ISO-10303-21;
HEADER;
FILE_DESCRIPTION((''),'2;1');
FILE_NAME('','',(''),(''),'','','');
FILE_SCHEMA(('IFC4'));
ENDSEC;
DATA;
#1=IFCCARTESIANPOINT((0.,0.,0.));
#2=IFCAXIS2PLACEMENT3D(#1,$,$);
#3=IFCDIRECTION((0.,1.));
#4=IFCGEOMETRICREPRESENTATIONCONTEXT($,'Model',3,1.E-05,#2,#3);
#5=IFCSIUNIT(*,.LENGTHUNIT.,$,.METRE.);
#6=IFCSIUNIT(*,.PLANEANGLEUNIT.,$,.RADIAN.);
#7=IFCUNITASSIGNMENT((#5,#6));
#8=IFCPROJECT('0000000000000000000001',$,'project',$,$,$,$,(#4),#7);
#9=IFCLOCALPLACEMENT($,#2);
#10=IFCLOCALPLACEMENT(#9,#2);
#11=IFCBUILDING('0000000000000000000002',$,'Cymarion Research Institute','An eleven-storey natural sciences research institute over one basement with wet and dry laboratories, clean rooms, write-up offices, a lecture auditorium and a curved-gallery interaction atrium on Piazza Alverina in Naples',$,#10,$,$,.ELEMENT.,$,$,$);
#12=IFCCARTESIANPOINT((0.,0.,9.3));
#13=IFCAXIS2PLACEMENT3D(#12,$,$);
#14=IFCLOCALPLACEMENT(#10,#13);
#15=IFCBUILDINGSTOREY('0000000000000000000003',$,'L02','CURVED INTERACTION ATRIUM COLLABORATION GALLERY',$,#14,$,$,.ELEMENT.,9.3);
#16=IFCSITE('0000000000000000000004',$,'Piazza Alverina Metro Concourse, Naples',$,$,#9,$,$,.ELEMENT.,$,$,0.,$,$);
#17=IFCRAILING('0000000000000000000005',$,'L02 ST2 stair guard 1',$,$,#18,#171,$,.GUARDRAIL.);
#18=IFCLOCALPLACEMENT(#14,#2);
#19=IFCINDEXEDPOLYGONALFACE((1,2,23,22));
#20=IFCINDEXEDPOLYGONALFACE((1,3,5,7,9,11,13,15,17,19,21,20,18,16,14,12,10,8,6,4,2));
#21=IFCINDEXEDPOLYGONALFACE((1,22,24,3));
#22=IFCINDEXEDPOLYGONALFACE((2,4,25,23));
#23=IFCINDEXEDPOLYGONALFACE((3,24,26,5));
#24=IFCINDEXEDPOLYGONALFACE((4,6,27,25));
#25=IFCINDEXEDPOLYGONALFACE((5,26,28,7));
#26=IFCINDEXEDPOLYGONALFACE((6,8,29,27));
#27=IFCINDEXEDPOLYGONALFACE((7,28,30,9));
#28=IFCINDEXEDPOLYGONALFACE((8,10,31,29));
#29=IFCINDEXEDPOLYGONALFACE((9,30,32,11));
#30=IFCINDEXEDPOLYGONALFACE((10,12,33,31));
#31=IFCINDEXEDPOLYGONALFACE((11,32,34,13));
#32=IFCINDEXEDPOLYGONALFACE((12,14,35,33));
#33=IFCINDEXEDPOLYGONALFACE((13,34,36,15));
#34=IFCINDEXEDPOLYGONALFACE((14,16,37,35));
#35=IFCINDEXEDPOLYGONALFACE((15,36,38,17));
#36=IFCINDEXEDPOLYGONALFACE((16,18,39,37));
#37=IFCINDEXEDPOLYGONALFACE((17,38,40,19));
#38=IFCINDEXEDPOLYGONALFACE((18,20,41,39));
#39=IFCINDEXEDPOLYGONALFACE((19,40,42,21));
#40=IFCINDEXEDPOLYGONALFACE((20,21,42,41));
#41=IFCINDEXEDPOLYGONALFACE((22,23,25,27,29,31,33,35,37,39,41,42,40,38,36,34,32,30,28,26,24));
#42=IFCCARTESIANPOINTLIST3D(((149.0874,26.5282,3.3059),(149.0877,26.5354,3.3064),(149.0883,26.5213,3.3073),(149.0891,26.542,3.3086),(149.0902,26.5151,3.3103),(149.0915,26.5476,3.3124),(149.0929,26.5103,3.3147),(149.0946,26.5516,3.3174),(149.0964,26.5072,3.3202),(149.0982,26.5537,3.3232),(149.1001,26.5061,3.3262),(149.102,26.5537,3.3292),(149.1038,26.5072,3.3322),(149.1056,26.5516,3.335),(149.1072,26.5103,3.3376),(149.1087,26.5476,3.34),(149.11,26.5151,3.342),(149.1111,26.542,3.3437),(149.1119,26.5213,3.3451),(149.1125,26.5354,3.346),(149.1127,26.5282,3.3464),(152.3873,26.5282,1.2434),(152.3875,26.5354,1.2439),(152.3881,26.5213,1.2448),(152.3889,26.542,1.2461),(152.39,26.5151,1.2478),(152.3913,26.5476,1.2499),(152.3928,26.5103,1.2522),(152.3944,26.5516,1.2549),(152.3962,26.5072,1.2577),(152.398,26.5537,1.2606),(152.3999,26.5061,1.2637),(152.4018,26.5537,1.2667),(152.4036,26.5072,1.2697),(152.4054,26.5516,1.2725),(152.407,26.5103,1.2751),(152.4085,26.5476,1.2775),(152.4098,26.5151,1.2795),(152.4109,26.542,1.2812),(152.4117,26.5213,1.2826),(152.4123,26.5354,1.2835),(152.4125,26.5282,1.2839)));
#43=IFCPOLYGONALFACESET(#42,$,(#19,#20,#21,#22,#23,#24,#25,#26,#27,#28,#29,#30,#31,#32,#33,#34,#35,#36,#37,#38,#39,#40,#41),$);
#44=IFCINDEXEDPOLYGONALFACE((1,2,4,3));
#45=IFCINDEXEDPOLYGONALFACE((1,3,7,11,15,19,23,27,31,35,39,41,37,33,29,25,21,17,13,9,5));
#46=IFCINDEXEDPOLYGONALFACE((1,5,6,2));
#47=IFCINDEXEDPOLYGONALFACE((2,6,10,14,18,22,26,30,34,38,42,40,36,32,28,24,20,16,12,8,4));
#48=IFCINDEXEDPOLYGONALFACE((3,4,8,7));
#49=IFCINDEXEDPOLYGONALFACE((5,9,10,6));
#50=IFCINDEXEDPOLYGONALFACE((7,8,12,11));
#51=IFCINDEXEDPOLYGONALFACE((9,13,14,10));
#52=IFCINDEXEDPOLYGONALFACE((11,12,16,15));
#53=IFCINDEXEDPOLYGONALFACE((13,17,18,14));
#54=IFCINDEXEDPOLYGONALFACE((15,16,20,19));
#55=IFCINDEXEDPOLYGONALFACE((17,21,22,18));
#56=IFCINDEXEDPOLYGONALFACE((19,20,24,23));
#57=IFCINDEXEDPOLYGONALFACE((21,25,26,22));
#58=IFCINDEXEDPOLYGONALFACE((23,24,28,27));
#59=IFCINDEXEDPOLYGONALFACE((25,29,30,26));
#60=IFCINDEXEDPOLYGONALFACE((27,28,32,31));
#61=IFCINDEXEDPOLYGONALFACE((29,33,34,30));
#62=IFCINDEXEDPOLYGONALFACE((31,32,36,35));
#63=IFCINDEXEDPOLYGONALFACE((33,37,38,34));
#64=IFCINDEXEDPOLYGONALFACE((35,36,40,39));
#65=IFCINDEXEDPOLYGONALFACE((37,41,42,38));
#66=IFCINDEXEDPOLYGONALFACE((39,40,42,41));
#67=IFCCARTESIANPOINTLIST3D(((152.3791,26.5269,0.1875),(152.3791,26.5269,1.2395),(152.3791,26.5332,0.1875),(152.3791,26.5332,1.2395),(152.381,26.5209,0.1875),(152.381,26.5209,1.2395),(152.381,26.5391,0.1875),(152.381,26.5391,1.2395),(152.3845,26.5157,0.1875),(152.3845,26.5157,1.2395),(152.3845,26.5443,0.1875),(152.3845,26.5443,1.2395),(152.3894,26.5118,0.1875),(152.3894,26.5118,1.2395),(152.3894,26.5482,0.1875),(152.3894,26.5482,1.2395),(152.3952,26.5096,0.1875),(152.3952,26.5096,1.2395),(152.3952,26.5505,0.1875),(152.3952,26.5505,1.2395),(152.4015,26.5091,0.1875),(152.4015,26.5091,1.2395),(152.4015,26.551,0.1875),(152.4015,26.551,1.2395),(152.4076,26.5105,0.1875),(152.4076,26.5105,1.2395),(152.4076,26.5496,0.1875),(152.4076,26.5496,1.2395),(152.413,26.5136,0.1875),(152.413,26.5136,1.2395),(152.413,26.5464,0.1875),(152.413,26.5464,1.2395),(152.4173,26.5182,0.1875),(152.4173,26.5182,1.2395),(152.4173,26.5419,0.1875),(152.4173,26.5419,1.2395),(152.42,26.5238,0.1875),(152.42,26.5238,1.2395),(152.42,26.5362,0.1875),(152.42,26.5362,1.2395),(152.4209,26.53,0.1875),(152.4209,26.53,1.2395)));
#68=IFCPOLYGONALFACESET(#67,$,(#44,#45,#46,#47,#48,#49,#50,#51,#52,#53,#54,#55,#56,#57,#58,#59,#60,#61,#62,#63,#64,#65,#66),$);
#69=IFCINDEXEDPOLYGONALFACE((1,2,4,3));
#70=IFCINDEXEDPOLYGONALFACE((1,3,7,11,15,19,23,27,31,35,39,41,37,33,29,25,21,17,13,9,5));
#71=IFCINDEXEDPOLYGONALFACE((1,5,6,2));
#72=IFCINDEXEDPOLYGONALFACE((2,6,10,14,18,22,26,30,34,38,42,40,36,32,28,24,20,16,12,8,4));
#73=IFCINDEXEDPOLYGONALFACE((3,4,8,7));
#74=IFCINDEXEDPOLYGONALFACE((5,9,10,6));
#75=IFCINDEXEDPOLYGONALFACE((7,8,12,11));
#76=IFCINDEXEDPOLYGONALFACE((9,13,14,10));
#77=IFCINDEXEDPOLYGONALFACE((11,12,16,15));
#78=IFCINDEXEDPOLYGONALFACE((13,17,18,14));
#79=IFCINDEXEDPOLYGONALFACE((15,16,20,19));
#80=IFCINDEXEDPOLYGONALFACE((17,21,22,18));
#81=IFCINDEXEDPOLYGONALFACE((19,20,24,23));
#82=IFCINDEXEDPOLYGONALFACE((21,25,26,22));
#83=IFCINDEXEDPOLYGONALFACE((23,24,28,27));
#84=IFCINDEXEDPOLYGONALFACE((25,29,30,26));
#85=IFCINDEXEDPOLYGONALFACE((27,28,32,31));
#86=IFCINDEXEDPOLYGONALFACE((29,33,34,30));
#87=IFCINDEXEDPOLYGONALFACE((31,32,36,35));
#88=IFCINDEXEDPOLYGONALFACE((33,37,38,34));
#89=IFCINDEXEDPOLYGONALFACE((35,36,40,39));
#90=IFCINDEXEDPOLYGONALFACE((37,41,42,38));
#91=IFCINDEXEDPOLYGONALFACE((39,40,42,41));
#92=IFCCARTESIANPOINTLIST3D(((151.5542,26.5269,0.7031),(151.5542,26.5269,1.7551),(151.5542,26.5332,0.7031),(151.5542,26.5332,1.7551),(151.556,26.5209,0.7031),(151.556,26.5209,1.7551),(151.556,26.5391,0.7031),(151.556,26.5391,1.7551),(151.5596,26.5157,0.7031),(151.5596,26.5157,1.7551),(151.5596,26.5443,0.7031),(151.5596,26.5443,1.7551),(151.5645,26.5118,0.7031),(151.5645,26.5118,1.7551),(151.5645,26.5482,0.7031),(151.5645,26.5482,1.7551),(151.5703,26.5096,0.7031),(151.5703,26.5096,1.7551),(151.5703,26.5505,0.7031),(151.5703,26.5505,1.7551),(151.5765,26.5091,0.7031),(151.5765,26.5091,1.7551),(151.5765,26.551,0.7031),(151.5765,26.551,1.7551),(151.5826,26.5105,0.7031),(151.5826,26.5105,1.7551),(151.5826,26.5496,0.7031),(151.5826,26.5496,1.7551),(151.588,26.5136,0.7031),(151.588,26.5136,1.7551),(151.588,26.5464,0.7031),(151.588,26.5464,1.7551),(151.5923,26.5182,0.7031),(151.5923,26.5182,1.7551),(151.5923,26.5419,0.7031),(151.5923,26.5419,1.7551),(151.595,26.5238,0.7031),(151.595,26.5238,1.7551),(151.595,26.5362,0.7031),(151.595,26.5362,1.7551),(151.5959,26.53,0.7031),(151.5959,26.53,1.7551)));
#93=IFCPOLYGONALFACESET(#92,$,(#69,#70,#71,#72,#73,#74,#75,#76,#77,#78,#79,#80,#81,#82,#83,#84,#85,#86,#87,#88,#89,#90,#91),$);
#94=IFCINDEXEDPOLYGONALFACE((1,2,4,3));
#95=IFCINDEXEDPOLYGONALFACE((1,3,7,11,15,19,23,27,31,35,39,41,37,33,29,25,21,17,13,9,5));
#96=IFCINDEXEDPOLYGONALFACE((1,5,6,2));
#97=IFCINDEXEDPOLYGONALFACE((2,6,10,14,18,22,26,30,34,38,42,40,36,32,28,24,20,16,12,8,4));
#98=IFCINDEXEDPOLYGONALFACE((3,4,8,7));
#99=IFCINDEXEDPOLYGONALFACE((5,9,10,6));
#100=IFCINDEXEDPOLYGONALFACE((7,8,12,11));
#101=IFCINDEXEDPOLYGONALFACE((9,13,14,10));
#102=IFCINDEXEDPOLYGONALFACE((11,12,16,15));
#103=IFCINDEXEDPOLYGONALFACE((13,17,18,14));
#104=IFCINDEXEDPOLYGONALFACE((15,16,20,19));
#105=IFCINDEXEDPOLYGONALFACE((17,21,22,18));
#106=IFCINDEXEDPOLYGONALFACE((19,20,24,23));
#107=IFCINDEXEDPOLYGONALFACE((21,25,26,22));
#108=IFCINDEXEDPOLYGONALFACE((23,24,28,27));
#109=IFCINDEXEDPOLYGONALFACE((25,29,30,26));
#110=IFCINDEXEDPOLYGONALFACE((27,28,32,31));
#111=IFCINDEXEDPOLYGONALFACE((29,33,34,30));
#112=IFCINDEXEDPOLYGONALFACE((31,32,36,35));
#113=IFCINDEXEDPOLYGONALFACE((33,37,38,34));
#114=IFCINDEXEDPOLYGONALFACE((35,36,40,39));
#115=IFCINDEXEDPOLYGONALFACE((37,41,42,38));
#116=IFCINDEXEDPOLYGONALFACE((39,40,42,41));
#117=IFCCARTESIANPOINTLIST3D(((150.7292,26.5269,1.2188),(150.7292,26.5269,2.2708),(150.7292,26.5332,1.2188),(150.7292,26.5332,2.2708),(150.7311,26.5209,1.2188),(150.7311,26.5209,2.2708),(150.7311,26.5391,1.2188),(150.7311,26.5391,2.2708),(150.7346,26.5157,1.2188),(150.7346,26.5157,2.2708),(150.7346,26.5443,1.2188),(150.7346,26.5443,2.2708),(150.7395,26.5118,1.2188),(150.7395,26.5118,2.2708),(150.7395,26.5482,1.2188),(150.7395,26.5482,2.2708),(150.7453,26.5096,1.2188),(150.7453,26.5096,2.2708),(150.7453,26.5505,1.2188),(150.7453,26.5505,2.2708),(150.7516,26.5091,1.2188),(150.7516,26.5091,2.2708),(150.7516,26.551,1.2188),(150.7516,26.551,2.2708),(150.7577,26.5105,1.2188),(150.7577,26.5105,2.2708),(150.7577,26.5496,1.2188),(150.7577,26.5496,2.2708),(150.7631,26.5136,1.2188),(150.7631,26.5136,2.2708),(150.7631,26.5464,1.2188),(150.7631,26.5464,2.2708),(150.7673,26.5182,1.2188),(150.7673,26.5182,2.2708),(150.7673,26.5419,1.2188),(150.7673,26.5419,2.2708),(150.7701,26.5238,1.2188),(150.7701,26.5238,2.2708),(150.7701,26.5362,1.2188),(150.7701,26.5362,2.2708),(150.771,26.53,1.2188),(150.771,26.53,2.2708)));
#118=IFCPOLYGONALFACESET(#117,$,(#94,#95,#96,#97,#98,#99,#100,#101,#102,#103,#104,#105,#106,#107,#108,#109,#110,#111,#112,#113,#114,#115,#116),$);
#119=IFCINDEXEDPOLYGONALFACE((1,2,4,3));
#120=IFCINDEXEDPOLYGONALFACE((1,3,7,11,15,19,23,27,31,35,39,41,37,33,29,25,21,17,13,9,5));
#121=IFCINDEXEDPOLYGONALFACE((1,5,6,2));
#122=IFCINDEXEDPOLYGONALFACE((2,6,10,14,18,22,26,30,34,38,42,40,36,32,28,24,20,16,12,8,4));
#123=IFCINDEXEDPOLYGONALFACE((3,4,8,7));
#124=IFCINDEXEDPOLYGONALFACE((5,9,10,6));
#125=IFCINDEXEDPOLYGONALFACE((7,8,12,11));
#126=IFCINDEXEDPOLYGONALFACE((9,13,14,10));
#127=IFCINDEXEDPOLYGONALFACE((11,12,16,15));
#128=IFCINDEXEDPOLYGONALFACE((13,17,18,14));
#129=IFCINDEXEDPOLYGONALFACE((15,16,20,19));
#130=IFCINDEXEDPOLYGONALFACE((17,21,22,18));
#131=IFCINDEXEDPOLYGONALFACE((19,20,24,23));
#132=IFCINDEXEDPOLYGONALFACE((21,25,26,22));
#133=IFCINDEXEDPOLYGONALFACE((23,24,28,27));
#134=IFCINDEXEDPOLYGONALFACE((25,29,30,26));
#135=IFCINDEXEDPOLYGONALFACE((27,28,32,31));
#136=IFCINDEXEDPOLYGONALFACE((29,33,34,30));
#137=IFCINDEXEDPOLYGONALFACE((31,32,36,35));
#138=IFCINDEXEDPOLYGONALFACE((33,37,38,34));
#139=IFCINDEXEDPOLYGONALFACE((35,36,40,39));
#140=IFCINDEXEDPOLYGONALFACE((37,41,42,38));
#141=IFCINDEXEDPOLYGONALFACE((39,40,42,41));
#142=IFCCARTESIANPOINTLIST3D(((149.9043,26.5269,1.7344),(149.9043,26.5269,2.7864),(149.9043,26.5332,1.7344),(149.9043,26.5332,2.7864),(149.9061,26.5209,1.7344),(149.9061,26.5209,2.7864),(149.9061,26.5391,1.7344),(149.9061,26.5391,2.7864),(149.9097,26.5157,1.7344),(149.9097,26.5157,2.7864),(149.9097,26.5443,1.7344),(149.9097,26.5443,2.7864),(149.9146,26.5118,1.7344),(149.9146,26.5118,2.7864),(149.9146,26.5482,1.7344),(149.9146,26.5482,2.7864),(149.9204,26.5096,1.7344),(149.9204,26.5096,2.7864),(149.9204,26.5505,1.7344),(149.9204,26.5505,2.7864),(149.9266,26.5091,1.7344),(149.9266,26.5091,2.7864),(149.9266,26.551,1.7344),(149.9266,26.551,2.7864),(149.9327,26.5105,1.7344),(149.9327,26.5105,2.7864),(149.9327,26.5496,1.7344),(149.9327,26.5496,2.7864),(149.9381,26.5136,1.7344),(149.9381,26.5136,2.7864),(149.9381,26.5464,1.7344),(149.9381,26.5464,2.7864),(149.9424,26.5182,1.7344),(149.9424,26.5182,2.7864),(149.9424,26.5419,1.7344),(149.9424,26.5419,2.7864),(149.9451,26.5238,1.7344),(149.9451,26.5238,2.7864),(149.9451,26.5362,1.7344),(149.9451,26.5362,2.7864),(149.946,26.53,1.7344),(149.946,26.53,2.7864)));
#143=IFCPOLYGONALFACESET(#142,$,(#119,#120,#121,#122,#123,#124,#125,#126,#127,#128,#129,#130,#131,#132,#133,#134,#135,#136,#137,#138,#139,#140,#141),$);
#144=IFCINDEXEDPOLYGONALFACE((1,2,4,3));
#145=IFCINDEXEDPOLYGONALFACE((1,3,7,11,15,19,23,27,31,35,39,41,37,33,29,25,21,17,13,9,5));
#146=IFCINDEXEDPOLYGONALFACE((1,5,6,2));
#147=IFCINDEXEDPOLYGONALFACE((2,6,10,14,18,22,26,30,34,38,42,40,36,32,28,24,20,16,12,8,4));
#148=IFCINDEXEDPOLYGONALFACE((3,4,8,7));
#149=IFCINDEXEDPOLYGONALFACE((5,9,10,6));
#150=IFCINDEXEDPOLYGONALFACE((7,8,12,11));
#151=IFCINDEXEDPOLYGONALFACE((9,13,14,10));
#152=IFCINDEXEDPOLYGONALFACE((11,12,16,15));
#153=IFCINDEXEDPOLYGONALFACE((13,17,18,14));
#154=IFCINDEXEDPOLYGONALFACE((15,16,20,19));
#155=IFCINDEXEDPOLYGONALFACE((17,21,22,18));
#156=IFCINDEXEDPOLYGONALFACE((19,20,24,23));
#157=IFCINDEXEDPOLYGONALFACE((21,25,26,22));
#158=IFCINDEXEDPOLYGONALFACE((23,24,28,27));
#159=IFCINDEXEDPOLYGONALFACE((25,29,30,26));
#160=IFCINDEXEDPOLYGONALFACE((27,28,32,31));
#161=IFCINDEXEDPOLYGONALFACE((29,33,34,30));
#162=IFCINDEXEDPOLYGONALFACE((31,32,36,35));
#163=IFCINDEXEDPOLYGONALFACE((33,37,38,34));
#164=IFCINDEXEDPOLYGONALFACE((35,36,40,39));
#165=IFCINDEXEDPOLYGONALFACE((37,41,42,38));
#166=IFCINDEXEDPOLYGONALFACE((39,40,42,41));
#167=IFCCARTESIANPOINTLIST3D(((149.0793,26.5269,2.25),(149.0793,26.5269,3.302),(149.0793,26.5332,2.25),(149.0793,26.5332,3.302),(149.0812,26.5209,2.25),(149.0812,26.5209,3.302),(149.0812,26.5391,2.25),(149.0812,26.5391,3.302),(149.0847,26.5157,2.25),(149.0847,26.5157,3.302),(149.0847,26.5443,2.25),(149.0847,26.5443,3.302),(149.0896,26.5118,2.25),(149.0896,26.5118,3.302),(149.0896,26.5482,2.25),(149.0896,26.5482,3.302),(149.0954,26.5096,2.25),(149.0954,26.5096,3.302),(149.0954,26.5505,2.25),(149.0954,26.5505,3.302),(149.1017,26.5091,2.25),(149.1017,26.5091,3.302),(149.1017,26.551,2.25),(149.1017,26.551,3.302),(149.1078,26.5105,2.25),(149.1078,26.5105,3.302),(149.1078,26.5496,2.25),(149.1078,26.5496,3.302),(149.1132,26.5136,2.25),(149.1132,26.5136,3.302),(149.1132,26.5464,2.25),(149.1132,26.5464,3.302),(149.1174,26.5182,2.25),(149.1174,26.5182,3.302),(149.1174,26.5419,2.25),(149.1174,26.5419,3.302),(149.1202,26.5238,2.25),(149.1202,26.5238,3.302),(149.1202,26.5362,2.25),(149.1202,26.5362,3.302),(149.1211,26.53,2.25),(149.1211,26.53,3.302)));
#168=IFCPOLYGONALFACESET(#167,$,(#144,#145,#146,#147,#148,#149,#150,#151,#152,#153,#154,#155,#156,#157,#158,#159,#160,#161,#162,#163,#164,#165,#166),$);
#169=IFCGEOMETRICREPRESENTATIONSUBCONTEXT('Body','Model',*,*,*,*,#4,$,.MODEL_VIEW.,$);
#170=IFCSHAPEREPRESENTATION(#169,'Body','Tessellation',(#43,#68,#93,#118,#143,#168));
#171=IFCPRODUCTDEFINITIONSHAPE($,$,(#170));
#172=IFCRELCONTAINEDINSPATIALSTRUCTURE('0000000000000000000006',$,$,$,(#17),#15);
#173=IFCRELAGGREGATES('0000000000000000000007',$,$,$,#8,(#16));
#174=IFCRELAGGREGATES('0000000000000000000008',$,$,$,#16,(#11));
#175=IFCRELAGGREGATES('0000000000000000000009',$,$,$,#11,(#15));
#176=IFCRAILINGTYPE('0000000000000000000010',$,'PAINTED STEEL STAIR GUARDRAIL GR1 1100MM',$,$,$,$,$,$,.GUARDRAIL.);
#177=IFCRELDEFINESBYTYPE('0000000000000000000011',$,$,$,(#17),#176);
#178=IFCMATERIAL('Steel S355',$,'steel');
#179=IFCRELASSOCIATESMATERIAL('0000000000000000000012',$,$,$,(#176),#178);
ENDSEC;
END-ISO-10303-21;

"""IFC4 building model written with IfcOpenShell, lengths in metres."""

from ifc_helpers import new_model, si_unit, direction, frame, origin, origin_2d, place, context, subcontext, project, spatial, circle, extrude, material, type_object, element, save


model = new_model("IFC4")

# Units and contexts
model_context = context("Model", 3, precision=1e-05, world=origin(), true_north=direction((0.0, 1.0)))
body_context = subcontext(model_context, "Body", "Model", "MODEL_VIEW")
ifc_project = project(units=[si_unit("LENGTHUNIT", "METRE"), si_unit("PLANEANGLEUNIT", "RADIAN")], contexts=[model_context])

# Site, building, storey
site_placement = place(None, origin())
site = spatial("IfcSite", under=ifc_project, at=site_placement, Name="Piazza Alverina Metro Concourse, Naples", CompositionType="ELEMENT", RefElevation=0.0)
building_placement = place(site_placement, origin())
building = spatial("IfcBuilding", under=site, at=building_placement, Name="Cymarion Research Institute", Description="An eleven-storey natural sciences research institute over one basement with wet and dry laboratories, clean rooms, write-up offices, a lecture auditorium and a curved-gallery interaction atrium on Piazza Alverina in Naples", CompositionType="ELEMENT")
storey_placement = place(building_placement, frame((0.0, 0.0, 9.3)))
storey = spatial("IfcBuildingStorey", under=building, at=storey_placement, Name="L02", Description="CURVED INTERACTION ATRIUM COLLABORATION GALLERY", CompositionType="ELEMENT", Elevation=9.3)

# Railing
ifc_material_1 = material(Name="Steel S355", Category="steel")
railing_type_1 = type_object("IfcRailingType", Name="PAINTED STEEL STAIR GUARDRAIL GR1 1100MM", PredefinedType="GUARDRAIL", material=ifc_material_1)
railing_1_placement = place(storey_placement, frame((152.3999, 26.53, 0.1875)))
element("IfcRailing", 1, at=railing_1_placement, inside=storey, type_object=railing_type_1, Name="L02 ST2 stair guard 1", PredefinedType="GUARDRAIL", context=body_context, shape_type="SweptSolid", body=[
    extrude(circle(Radius=0.0239, at=origin_2d()), frame((0.0, 0.0, 1.0762), z_axis=(-0.847984, 0.0, 0.530021), x_axis=(0.0, -1.0, 0.0)), (0.0, 0.0, 1.0), 3.8914),
    extrude(circle(Radius=0.021, at=origin_2d()), origin(), (0.0, 0.0, 1.0), 1.052),
    extrude(circle(Radius=0.021, at=origin_2d()), frame((-0.825, 0.0, 0.5156)), (0.0, 0.0, 1.0), 1.052),
    extrude(circle(Radius=0.021, at=origin_2d()), frame((-1.6499, 0.0, 1.0312)), (0.0, 0.0, 1.0), 1.052),
    extrude(circle(Radius=0.021, at=origin_2d()), frame((-2.4749, 0.0, 1.5469)), (0.0, 0.0, 1.0), 1.052),
    extrude(circle(Radius=0.021, at=origin_2d()), frame((-3.2998, 0.0, 2.0625)), (0.0, 0.0, 1.0), 1.052),
])

save(model, "model.ifc")
